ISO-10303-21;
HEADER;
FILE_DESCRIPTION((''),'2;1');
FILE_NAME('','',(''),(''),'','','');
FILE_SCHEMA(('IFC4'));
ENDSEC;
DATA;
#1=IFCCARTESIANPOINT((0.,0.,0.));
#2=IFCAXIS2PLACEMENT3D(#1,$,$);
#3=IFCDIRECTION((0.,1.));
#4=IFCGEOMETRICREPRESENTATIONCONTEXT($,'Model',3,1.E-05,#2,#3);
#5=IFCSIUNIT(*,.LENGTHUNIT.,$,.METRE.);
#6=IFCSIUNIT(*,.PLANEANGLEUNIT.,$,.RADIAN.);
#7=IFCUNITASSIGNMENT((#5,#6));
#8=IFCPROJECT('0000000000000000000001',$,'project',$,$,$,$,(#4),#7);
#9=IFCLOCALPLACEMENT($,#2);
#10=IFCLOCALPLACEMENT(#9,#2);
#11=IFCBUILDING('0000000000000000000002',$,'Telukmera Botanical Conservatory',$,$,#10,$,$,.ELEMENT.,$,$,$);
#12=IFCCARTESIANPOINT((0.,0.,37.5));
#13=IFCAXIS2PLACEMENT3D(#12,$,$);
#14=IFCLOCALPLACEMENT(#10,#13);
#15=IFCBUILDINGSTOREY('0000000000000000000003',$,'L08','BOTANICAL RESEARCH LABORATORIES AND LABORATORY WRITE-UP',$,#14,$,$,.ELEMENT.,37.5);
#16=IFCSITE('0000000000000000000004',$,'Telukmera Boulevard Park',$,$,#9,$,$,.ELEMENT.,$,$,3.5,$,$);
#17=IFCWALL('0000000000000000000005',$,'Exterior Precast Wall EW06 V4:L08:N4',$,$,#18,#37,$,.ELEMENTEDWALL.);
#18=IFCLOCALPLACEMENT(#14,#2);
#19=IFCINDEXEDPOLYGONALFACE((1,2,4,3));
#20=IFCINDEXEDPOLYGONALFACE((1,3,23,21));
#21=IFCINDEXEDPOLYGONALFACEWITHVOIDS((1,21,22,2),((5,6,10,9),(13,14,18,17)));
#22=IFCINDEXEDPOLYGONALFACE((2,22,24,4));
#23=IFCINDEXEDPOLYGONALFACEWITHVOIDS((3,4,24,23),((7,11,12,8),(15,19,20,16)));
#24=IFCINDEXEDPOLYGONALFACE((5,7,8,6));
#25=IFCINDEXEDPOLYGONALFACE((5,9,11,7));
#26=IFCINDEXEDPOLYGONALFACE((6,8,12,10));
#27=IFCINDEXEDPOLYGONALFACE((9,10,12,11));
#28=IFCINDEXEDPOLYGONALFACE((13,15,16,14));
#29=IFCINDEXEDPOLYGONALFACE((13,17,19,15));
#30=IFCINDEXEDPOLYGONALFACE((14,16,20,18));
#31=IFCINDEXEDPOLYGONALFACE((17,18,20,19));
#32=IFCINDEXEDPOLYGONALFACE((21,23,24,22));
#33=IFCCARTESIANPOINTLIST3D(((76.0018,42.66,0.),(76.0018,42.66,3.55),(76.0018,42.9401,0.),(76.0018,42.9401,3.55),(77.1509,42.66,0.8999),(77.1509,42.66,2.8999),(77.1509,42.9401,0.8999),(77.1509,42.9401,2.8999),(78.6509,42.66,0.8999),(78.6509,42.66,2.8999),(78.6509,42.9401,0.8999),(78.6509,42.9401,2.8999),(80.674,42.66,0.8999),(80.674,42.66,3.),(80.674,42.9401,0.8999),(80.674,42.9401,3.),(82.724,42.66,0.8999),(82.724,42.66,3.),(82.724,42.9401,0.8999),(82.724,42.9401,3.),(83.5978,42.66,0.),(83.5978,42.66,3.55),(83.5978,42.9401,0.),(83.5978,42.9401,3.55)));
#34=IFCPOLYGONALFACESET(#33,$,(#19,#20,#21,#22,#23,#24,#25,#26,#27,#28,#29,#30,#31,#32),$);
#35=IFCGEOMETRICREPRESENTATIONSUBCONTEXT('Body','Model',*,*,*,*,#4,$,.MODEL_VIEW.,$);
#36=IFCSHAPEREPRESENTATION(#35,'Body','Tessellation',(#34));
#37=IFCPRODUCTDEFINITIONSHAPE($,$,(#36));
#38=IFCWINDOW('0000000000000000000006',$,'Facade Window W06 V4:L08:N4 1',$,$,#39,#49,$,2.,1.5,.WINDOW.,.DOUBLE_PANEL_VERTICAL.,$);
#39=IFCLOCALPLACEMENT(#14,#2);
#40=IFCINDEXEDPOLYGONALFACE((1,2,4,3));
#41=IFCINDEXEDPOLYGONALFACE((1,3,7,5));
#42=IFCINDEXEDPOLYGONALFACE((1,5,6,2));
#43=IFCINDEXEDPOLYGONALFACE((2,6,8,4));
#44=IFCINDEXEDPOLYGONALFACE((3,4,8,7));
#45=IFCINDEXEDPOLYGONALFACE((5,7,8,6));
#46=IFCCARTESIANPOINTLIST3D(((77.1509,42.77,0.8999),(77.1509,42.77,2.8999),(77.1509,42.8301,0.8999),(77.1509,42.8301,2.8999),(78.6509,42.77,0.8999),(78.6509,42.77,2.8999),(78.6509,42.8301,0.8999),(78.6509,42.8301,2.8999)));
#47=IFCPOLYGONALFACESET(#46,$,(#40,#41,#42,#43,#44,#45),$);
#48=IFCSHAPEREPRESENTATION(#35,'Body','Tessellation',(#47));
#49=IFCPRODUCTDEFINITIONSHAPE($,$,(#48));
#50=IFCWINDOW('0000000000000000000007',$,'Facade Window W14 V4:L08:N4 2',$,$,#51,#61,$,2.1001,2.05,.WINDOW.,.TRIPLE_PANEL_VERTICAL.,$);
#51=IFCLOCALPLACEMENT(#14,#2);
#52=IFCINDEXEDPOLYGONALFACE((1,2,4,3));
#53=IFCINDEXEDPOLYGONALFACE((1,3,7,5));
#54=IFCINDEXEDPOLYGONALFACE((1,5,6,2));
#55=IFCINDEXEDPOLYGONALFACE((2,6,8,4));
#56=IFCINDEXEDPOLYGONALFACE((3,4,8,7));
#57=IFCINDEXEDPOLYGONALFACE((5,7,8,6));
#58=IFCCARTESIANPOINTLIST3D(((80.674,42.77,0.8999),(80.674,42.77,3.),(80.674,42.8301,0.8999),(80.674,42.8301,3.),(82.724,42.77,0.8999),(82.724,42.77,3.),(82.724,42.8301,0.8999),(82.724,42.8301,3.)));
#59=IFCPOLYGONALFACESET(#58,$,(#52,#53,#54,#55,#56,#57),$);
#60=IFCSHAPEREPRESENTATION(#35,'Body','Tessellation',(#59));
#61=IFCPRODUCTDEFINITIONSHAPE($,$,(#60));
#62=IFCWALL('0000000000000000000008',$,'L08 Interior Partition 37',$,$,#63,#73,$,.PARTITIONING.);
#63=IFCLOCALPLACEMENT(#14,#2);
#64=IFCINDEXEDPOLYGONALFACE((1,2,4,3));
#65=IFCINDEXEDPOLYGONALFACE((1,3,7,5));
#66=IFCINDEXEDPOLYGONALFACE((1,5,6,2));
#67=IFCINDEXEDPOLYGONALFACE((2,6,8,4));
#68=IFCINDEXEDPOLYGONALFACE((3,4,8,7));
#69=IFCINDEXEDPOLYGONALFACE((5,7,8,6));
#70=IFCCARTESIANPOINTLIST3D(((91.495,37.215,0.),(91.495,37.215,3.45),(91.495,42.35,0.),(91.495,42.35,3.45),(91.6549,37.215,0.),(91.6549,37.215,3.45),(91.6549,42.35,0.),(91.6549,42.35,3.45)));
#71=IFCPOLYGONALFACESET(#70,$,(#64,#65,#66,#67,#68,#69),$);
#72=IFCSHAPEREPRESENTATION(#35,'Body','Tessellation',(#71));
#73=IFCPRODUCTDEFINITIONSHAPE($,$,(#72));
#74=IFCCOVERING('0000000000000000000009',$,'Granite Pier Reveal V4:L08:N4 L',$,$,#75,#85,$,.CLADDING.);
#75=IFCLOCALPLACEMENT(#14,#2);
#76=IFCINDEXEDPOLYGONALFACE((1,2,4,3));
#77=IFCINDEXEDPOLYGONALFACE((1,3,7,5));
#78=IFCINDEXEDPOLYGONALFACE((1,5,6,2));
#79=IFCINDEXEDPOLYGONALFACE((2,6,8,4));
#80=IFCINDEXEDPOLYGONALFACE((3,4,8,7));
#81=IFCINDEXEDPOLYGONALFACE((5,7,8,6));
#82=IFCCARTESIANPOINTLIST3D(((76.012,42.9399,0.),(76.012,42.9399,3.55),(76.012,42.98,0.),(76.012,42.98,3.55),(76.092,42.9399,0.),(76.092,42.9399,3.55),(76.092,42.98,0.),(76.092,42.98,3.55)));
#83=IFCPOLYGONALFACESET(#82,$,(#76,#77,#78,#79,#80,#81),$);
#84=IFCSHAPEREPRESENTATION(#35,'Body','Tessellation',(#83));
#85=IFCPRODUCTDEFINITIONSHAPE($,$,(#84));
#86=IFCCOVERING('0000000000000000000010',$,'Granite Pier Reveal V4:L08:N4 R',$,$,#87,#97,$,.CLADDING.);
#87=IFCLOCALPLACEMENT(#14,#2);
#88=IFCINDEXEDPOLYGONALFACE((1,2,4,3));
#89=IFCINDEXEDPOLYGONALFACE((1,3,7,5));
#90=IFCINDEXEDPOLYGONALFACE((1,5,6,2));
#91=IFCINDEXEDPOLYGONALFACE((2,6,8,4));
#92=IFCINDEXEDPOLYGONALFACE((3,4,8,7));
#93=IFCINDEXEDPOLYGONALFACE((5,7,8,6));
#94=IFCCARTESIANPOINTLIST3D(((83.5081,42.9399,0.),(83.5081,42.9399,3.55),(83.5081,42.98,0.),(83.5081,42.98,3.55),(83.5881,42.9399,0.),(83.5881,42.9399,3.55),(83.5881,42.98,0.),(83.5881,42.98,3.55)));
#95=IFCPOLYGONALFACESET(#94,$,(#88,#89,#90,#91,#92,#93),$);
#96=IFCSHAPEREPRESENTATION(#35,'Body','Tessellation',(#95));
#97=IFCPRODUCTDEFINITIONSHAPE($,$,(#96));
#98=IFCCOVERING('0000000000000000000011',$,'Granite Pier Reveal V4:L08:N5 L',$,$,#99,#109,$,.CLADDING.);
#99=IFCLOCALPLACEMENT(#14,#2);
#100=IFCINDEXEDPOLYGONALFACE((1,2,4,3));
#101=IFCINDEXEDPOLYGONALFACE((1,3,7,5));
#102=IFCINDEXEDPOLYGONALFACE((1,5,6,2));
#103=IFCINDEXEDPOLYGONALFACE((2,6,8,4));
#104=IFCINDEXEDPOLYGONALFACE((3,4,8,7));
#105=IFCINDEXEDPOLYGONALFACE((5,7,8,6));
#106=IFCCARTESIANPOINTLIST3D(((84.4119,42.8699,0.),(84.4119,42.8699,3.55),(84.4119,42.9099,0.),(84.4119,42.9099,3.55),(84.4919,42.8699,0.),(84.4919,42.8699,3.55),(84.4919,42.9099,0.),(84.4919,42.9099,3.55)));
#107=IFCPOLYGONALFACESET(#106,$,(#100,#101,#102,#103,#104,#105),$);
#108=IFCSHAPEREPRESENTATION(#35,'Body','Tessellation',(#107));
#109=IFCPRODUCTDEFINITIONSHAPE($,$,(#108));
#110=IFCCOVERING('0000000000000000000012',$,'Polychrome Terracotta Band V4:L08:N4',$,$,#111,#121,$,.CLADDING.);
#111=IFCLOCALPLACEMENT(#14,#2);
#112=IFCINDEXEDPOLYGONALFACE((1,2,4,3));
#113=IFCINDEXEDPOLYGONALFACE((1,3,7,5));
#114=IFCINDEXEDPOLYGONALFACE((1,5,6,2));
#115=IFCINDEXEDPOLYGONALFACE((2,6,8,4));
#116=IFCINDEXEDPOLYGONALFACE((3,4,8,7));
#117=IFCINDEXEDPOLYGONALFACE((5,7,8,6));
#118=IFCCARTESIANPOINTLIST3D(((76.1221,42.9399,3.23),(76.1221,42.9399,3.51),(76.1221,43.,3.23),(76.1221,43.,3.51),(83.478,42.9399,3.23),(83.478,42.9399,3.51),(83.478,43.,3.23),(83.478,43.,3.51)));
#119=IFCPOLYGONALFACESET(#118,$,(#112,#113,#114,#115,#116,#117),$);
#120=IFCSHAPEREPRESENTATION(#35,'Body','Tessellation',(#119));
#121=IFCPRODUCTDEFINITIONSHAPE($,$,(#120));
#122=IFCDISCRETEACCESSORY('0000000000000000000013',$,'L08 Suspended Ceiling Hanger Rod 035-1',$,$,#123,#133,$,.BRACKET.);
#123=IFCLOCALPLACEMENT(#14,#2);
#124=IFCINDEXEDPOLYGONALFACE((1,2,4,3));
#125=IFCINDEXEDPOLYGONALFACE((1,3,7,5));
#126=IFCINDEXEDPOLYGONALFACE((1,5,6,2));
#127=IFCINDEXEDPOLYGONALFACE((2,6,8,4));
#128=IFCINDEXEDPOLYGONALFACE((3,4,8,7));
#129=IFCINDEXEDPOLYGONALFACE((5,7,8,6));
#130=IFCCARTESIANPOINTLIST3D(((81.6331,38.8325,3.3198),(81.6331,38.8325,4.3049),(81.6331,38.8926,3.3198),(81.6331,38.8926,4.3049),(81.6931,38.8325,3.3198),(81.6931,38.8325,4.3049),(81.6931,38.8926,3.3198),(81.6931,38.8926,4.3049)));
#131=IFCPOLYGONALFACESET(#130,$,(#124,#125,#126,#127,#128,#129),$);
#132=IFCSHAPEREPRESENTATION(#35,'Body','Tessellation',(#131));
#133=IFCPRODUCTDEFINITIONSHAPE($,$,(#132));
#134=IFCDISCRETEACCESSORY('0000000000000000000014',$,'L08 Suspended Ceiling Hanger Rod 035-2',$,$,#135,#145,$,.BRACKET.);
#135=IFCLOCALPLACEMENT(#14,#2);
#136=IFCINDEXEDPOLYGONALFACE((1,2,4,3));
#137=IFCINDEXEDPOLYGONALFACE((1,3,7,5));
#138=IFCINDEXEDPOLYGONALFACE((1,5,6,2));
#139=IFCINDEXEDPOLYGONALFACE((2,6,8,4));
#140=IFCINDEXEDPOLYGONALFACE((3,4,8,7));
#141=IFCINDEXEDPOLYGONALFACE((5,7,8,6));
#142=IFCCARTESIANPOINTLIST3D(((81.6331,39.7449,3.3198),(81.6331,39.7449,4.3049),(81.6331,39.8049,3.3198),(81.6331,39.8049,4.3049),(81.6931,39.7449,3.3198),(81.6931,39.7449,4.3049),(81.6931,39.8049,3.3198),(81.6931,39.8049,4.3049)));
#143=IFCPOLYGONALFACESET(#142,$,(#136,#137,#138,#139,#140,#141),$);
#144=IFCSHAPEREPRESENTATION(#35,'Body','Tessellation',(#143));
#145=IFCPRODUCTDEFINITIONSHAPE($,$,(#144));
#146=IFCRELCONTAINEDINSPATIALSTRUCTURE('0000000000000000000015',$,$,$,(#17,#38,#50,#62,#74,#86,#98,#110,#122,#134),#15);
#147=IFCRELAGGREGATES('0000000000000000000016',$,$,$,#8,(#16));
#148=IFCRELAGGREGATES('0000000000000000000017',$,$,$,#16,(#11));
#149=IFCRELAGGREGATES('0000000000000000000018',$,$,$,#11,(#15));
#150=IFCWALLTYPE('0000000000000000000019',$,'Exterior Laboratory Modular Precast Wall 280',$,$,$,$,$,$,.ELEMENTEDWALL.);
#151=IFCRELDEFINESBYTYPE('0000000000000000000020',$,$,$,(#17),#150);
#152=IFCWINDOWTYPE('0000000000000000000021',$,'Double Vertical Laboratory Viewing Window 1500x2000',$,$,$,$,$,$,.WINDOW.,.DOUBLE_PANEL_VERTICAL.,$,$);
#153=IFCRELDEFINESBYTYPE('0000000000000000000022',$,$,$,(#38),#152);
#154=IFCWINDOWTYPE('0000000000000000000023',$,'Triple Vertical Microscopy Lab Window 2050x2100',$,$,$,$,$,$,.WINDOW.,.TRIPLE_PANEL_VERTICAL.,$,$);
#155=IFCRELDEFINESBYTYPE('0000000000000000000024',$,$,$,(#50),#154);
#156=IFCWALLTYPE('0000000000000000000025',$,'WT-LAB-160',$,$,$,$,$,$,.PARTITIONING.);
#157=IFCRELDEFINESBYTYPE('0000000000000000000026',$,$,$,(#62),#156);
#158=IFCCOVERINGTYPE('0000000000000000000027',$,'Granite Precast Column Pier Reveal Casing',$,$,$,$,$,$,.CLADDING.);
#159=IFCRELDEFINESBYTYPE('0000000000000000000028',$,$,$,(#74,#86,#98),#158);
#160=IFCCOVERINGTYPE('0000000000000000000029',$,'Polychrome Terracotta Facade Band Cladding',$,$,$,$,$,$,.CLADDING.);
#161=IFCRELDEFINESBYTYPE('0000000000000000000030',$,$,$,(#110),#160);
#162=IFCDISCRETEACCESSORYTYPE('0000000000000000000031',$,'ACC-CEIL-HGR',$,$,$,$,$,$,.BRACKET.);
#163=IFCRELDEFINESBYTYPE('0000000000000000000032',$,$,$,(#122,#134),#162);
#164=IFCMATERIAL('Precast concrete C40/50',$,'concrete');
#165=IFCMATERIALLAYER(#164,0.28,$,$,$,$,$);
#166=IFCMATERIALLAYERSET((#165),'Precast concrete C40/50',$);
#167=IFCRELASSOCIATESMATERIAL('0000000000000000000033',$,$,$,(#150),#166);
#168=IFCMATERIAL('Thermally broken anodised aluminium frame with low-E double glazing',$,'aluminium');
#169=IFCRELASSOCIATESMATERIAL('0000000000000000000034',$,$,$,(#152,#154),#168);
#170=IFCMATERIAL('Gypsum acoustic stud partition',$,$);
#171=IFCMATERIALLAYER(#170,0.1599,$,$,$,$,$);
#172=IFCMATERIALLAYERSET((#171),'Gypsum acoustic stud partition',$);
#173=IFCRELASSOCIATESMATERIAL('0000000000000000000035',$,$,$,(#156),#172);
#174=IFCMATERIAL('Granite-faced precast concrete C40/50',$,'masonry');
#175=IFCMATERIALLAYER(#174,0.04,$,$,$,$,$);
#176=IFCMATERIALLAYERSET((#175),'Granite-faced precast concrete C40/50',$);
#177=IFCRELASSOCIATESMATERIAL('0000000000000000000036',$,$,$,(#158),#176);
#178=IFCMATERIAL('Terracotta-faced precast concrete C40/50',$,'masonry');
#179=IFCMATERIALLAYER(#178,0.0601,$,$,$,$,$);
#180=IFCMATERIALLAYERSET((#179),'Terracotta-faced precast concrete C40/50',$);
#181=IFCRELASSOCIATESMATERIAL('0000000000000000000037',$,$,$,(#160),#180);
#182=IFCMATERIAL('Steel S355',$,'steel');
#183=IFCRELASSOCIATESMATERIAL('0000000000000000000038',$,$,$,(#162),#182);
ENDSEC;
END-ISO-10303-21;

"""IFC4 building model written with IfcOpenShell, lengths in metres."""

from ifc_helpers import new_model, si_unit, direction, frame, frame_2d, origin, origin_2d, place, context, subcontext, project, spatial, rectangle, extrude, material, layer, layer_set, type_object, element, fill, save


model = new_model("IFC4")

# Units and contexts
model_context = context("Model", 3, precision=1e-05, world=origin(), true_north=direction((0.0, 1.0)))
body_context = subcontext(model_context, "Body", "Model", "MODEL_VIEW")
ifc_project = project(units=[si_unit("LENGTHUNIT", "METRE"), si_unit("PLANEANGLEUNIT", "RADIAN")], contexts=[model_context])

# Site, building, storey
site_placement = place(None, origin())
site = spatial("IfcSite", under=ifc_project, at=site_placement, Name="Telukmera Boulevard Park", CompositionType="ELEMENT", RefElevation=3.5)
building_placement = place(site_placement, origin())
building = spatial("IfcBuilding", under=site, at=building_placement, Name="Telukmera Botanical Conservatory", CompositionType="ELEMENT")
storey_placement = place(building_placement, frame((0.0, 0.0, 37.5)))
storey = spatial("IfcBuildingStorey", under=building, at=storey_placement, Name="L08", Description="BOTANICAL RESEARCH LABORATORIES AND LABORATORY WRITE-UP", CompositionType="ELEMENT", Elevation=37.5)

# Shared definitions
ifc_material_1 = material(Name="Precast concrete C40/50", Category="concrete")

# Wall, openings, windows
ifc_layer_1 = layer(ifc_material_1, 0.28)
ifc_layer_set_1 = layer_set([ifc_layer_1], Name="Precast concrete C40/50")
wall_type_1 = type_object("IfcWallType", Name="Exterior Laboratory Modular Precast Wall 280", PredefinedType="ELEMENTEDWALL", material=ifc_layer_set_1)
wall_1_placement = place(storey_placement, frame((76.002, 42.8, 0.0), z_axis=(0.0, 0.0, 1.0), x_axis=(1.0, 0.0, 0.0)))
wall_1 = element("IfcWall", 1, at=wall_1_placement, inside=storey, type_object=wall_type_1, Name="Exterior Precast Wall EW06 V4:L08:N4", PredefinedType="ELEMENTEDWALL", context=body_context, shape_type="SweptSolid", body=[
    extrude(rectangle(XDim=7.5959, YDim=0.28, at=frame_2d((3.7979, 0.0))), origin(), (0.0, 0.0, 1.0), 3.55),
])
opening_1_placement = place(wall_1_placement, frame((1.1489, 0.0, 0.8999)))
opening_1 = element("IfcOpeningElement", 2, at=opening_1_placement, cuts=wall_1, PredefinedType="OPENING", context=body_context, shape_type="SweptSolid", body=[
    extrude(rectangle(XDim=1.5, YDim=2.0, at=frame_2d((0.75, 1.0))), frame((0.0, 0.1499, 0.0), z_axis=(0.0, -1.0, 0.0), x_axis=(1.0, 0.0, 0.0)), (0.0, 0.0, 1.0), 0.3),
])
opening_2_placement = place(wall_1_placement, frame((4.6721, 0.0, 0.8999)))
opening_2 = element("IfcOpeningElement", 3, at=opening_2_placement, cuts=wall_1, PredefinedType="OPENING", context=body_context, shape_type="SweptSolid", body=[
    extrude(rectangle(XDim=2.05, YDim=2.1001, at=frame_2d((1.0249, 1.05))), frame((0.0, 0.1499, 0.0), z_axis=(0.0, -1.0, 0.0), x_axis=(1.0, 0.0, 0.0)), (0.0, 0.0, 1.0), 0.3),
])
ifc_material_2 = material(Name="Thermally broken anodised aluminium frame with low-E double glazing", Category="aluminium")
window_type_1 = type_object("IfcWindowType", Name="Double Vertical Laboratory Viewing Window 1500x2000", PartitioningType="DOUBLE_PANEL_VERTICAL", PredefinedType="WINDOW", material=ifc_material_2)
window_1_placement = place(opening_1_placement, origin())
window_1 = element("IfcWindow", 4, at=window_1_placement, inside=storey, type_object=window_type_1, Name="Facade Window W06 V4:L08:N4 1", OverallHeight=2.0, OverallWidth=1.5, PartitioningType="DOUBLE_PANEL_VERTICAL", PredefinedType="WINDOW", context=body_context, shape_type="SweptSolid", body=[
    extrude(rectangle(XDim=1.5, YDim=2.0, at=frame_2d((0.75, 1.0))), frame((0.0, 0.03, 0.0), z_axis=(0.0, -1.0, 0.0), x_axis=(1.0, 0.0, 0.0)), (0.0, 0.0, 1.0), 0.0601),
])
fill(opening_1, window_1)
window_type_2 = type_object("IfcWindowType", Name="Triple Vertical Microscopy Lab Window 2050x2100", PartitioningType="TRIPLE_PANEL_VERTICAL", PredefinedType="WINDOW", material=ifc_material_2)
window_2_placement = place(opening_2_placement, origin())
window_2 = element("IfcWindow", 5, at=window_2_placement, inside=storey, type_object=window_type_2, Name="Facade Window W14 V4:L08:N4 2", OverallHeight=2.1001, OverallWidth=2.05, PartitioningType="TRIPLE_PANEL_VERTICAL", PredefinedType="WINDOW", context=body_context, shape_type="SweptSolid", body=[
    extrude(rectangle(XDim=2.05, YDim=2.1001, at=frame_2d((1.0249, 1.05))), frame((0.0, 0.03, 0.0), z_axis=(0.0, -1.0, 0.0), x_axis=(1.0, 0.0, 0.0)), (0.0, 0.0, 1.0), 0.0601),
])
fill(opening_2, window_2)

# Wall
ifc_material_3 = material(Name="Gypsum acoustic stud partition")
ifc_layer_2 = layer(ifc_material_3, 0.1599)
ifc_layer_set_2 = layer_set([ifc_layer_2], Name="Gypsum acoustic stud partition")
wall_type_2 = type_object("IfcWallType", Name="WT-LAB-160", PredefinedType="PARTITIONING", material=ifc_layer_set_2)
wall_2_placement = place(storey_placement, frame((91.575, 37.2151, 0.0), z_axis=(0.0, 0.0, 1.0), x_axis=(0.0, 1.0, 0.0)))
element("IfcWall", 6, at=wall_2_placement, inside=storey, type_object=wall_type_2, Name="L08 Interior Partition 37", PredefinedType="PARTITIONING", context=body_context, shape_type="SweptSolid", body=[
    extrude(rectangle(XDim=5.135, YDim=0.1599, at=frame_2d((2.5674, 0.0))), origin(), (0.0, 0.0, 1.0), 3.45),
])

# Coverings
ifc_material_4 = material(Name="Granite-faced precast concrete C40/50", Category="masonry")
ifc_layer_3 = layer(ifc_material_4, 0.04)
ifc_layer_set_3 = layer_set([ifc_layer_3], Name="Granite-faced precast concrete C40/50")
covering_type_1 = type_object("IfcCoveringType", Name="Granite Precast Column Pier Reveal Casing", PredefinedType="CLADDING", material=ifc_layer_set_3)
for number, where, z_axis, x_axis, name in (
    (7, (76.052, 42.96, 0.0), (0.0, 0.0, 1.0), (1.0, 0.0, 0.0), "Granite Pier Reveal V4:L08:N4 L"),
    (8, (83.5481, 42.96, 0.0), (0.0, 0.0, 1.0), (1.0, 0.0, 0.0), "Granite Pier Reveal V4:L08:N4 R"),
    (9, (84.4519, 42.8899, 0.0), (0.0, 0.0, 1.0), (1.0, 0.0, 0.0), "Granite Pier Reveal V4:L08:N5 L"),
):
    element("IfcCovering", number, at=place(storey_placement, frame(where, z_axis=z_axis, x_axis=x_axis)), inside=storey, type_object=covering_type_1, Name=name, PredefinedType="CLADDING", context=body_context, shape_type="SweptSolid", body=[
        extrude(rectangle(XDim=0.0801, YDim=0.04, at=origin_2d()), origin(), (0.0, 0.0, 1.0), 3.55),
    ])
ifc_material_5 = material(Name="Terracotta-faced precast concrete C40/50", Category="masonry")
ifc_layer_4 = layer(ifc_material_5, 0.0601)
ifc_layer_set_4 = layer_set([ifc_layer_4], Name="Terracotta-faced precast concrete C40/50")
covering_type_2 = type_object("IfcCoveringType", Name="Polychrome Terracotta Facade Band Cladding", PredefinedType="CLADDING", material=ifc_layer_set_4)
covering_placement = place(storey_placement, frame((79.8, 42.97, 3.23), z_axis=(0.0, 0.0, 1.0), x_axis=(1.0, 0.0, 0.0)))
element("IfcCovering", 10, at=covering_placement, inside=storey, type_object=covering_type_2, Name="Polychrome Terracotta Band V4:L08:N4", PredefinedType="CLADDING", context=body_context, shape_type="SweptSolid", body=[
    extrude(rectangle(XDim=7.356, YDim=0.0601, at=origin_2d()), origin(), (0.0, 0.0, 1.0), 0.28),
])

# Discrete accessories
ifc_material_6 = material(Name="Steel S355", Category="steel")
discrete_accessory_type = type_object("IfcDiscreteAccessoryType", Name="ACC-CEIL-HGR", PredefinedType="BRACKET", material=ifc_material_6)
for number, where, z_axis, x_axis, name in (
    (11, (81.6631, 38.8625, 3.3198), (0.0, 0.0, 1.0), (1.0, 0.0, 0.0), "L08 Suspended Ceiling Hanger Rod 035-1"),
    (12, (81.6631, 39.7749, 3.3198), (0.0, 0.0, 1.0), (1.0, 0.0, 0.0), "L08 Suspended Ceiling Hanger Rod 035-2"),
):
    element("IfcDiscreteAccessory", number, at=place(storey_placement, frame(where, z_axis=z_axis, x_axis=x_axis)), inside=storey, type_object=discrete_accessory_type, Name=name, PredefinedType="BRACKET", context=body_context, shape_type="SweptSolid", body=[
        extrude(rectangle(XDim=0.0601, YDim=0.0601, at=origin_2d()), origin(), (0.0, 0.0, 1.0), 0.9851),
    ])

save(model, "model.ifc")
